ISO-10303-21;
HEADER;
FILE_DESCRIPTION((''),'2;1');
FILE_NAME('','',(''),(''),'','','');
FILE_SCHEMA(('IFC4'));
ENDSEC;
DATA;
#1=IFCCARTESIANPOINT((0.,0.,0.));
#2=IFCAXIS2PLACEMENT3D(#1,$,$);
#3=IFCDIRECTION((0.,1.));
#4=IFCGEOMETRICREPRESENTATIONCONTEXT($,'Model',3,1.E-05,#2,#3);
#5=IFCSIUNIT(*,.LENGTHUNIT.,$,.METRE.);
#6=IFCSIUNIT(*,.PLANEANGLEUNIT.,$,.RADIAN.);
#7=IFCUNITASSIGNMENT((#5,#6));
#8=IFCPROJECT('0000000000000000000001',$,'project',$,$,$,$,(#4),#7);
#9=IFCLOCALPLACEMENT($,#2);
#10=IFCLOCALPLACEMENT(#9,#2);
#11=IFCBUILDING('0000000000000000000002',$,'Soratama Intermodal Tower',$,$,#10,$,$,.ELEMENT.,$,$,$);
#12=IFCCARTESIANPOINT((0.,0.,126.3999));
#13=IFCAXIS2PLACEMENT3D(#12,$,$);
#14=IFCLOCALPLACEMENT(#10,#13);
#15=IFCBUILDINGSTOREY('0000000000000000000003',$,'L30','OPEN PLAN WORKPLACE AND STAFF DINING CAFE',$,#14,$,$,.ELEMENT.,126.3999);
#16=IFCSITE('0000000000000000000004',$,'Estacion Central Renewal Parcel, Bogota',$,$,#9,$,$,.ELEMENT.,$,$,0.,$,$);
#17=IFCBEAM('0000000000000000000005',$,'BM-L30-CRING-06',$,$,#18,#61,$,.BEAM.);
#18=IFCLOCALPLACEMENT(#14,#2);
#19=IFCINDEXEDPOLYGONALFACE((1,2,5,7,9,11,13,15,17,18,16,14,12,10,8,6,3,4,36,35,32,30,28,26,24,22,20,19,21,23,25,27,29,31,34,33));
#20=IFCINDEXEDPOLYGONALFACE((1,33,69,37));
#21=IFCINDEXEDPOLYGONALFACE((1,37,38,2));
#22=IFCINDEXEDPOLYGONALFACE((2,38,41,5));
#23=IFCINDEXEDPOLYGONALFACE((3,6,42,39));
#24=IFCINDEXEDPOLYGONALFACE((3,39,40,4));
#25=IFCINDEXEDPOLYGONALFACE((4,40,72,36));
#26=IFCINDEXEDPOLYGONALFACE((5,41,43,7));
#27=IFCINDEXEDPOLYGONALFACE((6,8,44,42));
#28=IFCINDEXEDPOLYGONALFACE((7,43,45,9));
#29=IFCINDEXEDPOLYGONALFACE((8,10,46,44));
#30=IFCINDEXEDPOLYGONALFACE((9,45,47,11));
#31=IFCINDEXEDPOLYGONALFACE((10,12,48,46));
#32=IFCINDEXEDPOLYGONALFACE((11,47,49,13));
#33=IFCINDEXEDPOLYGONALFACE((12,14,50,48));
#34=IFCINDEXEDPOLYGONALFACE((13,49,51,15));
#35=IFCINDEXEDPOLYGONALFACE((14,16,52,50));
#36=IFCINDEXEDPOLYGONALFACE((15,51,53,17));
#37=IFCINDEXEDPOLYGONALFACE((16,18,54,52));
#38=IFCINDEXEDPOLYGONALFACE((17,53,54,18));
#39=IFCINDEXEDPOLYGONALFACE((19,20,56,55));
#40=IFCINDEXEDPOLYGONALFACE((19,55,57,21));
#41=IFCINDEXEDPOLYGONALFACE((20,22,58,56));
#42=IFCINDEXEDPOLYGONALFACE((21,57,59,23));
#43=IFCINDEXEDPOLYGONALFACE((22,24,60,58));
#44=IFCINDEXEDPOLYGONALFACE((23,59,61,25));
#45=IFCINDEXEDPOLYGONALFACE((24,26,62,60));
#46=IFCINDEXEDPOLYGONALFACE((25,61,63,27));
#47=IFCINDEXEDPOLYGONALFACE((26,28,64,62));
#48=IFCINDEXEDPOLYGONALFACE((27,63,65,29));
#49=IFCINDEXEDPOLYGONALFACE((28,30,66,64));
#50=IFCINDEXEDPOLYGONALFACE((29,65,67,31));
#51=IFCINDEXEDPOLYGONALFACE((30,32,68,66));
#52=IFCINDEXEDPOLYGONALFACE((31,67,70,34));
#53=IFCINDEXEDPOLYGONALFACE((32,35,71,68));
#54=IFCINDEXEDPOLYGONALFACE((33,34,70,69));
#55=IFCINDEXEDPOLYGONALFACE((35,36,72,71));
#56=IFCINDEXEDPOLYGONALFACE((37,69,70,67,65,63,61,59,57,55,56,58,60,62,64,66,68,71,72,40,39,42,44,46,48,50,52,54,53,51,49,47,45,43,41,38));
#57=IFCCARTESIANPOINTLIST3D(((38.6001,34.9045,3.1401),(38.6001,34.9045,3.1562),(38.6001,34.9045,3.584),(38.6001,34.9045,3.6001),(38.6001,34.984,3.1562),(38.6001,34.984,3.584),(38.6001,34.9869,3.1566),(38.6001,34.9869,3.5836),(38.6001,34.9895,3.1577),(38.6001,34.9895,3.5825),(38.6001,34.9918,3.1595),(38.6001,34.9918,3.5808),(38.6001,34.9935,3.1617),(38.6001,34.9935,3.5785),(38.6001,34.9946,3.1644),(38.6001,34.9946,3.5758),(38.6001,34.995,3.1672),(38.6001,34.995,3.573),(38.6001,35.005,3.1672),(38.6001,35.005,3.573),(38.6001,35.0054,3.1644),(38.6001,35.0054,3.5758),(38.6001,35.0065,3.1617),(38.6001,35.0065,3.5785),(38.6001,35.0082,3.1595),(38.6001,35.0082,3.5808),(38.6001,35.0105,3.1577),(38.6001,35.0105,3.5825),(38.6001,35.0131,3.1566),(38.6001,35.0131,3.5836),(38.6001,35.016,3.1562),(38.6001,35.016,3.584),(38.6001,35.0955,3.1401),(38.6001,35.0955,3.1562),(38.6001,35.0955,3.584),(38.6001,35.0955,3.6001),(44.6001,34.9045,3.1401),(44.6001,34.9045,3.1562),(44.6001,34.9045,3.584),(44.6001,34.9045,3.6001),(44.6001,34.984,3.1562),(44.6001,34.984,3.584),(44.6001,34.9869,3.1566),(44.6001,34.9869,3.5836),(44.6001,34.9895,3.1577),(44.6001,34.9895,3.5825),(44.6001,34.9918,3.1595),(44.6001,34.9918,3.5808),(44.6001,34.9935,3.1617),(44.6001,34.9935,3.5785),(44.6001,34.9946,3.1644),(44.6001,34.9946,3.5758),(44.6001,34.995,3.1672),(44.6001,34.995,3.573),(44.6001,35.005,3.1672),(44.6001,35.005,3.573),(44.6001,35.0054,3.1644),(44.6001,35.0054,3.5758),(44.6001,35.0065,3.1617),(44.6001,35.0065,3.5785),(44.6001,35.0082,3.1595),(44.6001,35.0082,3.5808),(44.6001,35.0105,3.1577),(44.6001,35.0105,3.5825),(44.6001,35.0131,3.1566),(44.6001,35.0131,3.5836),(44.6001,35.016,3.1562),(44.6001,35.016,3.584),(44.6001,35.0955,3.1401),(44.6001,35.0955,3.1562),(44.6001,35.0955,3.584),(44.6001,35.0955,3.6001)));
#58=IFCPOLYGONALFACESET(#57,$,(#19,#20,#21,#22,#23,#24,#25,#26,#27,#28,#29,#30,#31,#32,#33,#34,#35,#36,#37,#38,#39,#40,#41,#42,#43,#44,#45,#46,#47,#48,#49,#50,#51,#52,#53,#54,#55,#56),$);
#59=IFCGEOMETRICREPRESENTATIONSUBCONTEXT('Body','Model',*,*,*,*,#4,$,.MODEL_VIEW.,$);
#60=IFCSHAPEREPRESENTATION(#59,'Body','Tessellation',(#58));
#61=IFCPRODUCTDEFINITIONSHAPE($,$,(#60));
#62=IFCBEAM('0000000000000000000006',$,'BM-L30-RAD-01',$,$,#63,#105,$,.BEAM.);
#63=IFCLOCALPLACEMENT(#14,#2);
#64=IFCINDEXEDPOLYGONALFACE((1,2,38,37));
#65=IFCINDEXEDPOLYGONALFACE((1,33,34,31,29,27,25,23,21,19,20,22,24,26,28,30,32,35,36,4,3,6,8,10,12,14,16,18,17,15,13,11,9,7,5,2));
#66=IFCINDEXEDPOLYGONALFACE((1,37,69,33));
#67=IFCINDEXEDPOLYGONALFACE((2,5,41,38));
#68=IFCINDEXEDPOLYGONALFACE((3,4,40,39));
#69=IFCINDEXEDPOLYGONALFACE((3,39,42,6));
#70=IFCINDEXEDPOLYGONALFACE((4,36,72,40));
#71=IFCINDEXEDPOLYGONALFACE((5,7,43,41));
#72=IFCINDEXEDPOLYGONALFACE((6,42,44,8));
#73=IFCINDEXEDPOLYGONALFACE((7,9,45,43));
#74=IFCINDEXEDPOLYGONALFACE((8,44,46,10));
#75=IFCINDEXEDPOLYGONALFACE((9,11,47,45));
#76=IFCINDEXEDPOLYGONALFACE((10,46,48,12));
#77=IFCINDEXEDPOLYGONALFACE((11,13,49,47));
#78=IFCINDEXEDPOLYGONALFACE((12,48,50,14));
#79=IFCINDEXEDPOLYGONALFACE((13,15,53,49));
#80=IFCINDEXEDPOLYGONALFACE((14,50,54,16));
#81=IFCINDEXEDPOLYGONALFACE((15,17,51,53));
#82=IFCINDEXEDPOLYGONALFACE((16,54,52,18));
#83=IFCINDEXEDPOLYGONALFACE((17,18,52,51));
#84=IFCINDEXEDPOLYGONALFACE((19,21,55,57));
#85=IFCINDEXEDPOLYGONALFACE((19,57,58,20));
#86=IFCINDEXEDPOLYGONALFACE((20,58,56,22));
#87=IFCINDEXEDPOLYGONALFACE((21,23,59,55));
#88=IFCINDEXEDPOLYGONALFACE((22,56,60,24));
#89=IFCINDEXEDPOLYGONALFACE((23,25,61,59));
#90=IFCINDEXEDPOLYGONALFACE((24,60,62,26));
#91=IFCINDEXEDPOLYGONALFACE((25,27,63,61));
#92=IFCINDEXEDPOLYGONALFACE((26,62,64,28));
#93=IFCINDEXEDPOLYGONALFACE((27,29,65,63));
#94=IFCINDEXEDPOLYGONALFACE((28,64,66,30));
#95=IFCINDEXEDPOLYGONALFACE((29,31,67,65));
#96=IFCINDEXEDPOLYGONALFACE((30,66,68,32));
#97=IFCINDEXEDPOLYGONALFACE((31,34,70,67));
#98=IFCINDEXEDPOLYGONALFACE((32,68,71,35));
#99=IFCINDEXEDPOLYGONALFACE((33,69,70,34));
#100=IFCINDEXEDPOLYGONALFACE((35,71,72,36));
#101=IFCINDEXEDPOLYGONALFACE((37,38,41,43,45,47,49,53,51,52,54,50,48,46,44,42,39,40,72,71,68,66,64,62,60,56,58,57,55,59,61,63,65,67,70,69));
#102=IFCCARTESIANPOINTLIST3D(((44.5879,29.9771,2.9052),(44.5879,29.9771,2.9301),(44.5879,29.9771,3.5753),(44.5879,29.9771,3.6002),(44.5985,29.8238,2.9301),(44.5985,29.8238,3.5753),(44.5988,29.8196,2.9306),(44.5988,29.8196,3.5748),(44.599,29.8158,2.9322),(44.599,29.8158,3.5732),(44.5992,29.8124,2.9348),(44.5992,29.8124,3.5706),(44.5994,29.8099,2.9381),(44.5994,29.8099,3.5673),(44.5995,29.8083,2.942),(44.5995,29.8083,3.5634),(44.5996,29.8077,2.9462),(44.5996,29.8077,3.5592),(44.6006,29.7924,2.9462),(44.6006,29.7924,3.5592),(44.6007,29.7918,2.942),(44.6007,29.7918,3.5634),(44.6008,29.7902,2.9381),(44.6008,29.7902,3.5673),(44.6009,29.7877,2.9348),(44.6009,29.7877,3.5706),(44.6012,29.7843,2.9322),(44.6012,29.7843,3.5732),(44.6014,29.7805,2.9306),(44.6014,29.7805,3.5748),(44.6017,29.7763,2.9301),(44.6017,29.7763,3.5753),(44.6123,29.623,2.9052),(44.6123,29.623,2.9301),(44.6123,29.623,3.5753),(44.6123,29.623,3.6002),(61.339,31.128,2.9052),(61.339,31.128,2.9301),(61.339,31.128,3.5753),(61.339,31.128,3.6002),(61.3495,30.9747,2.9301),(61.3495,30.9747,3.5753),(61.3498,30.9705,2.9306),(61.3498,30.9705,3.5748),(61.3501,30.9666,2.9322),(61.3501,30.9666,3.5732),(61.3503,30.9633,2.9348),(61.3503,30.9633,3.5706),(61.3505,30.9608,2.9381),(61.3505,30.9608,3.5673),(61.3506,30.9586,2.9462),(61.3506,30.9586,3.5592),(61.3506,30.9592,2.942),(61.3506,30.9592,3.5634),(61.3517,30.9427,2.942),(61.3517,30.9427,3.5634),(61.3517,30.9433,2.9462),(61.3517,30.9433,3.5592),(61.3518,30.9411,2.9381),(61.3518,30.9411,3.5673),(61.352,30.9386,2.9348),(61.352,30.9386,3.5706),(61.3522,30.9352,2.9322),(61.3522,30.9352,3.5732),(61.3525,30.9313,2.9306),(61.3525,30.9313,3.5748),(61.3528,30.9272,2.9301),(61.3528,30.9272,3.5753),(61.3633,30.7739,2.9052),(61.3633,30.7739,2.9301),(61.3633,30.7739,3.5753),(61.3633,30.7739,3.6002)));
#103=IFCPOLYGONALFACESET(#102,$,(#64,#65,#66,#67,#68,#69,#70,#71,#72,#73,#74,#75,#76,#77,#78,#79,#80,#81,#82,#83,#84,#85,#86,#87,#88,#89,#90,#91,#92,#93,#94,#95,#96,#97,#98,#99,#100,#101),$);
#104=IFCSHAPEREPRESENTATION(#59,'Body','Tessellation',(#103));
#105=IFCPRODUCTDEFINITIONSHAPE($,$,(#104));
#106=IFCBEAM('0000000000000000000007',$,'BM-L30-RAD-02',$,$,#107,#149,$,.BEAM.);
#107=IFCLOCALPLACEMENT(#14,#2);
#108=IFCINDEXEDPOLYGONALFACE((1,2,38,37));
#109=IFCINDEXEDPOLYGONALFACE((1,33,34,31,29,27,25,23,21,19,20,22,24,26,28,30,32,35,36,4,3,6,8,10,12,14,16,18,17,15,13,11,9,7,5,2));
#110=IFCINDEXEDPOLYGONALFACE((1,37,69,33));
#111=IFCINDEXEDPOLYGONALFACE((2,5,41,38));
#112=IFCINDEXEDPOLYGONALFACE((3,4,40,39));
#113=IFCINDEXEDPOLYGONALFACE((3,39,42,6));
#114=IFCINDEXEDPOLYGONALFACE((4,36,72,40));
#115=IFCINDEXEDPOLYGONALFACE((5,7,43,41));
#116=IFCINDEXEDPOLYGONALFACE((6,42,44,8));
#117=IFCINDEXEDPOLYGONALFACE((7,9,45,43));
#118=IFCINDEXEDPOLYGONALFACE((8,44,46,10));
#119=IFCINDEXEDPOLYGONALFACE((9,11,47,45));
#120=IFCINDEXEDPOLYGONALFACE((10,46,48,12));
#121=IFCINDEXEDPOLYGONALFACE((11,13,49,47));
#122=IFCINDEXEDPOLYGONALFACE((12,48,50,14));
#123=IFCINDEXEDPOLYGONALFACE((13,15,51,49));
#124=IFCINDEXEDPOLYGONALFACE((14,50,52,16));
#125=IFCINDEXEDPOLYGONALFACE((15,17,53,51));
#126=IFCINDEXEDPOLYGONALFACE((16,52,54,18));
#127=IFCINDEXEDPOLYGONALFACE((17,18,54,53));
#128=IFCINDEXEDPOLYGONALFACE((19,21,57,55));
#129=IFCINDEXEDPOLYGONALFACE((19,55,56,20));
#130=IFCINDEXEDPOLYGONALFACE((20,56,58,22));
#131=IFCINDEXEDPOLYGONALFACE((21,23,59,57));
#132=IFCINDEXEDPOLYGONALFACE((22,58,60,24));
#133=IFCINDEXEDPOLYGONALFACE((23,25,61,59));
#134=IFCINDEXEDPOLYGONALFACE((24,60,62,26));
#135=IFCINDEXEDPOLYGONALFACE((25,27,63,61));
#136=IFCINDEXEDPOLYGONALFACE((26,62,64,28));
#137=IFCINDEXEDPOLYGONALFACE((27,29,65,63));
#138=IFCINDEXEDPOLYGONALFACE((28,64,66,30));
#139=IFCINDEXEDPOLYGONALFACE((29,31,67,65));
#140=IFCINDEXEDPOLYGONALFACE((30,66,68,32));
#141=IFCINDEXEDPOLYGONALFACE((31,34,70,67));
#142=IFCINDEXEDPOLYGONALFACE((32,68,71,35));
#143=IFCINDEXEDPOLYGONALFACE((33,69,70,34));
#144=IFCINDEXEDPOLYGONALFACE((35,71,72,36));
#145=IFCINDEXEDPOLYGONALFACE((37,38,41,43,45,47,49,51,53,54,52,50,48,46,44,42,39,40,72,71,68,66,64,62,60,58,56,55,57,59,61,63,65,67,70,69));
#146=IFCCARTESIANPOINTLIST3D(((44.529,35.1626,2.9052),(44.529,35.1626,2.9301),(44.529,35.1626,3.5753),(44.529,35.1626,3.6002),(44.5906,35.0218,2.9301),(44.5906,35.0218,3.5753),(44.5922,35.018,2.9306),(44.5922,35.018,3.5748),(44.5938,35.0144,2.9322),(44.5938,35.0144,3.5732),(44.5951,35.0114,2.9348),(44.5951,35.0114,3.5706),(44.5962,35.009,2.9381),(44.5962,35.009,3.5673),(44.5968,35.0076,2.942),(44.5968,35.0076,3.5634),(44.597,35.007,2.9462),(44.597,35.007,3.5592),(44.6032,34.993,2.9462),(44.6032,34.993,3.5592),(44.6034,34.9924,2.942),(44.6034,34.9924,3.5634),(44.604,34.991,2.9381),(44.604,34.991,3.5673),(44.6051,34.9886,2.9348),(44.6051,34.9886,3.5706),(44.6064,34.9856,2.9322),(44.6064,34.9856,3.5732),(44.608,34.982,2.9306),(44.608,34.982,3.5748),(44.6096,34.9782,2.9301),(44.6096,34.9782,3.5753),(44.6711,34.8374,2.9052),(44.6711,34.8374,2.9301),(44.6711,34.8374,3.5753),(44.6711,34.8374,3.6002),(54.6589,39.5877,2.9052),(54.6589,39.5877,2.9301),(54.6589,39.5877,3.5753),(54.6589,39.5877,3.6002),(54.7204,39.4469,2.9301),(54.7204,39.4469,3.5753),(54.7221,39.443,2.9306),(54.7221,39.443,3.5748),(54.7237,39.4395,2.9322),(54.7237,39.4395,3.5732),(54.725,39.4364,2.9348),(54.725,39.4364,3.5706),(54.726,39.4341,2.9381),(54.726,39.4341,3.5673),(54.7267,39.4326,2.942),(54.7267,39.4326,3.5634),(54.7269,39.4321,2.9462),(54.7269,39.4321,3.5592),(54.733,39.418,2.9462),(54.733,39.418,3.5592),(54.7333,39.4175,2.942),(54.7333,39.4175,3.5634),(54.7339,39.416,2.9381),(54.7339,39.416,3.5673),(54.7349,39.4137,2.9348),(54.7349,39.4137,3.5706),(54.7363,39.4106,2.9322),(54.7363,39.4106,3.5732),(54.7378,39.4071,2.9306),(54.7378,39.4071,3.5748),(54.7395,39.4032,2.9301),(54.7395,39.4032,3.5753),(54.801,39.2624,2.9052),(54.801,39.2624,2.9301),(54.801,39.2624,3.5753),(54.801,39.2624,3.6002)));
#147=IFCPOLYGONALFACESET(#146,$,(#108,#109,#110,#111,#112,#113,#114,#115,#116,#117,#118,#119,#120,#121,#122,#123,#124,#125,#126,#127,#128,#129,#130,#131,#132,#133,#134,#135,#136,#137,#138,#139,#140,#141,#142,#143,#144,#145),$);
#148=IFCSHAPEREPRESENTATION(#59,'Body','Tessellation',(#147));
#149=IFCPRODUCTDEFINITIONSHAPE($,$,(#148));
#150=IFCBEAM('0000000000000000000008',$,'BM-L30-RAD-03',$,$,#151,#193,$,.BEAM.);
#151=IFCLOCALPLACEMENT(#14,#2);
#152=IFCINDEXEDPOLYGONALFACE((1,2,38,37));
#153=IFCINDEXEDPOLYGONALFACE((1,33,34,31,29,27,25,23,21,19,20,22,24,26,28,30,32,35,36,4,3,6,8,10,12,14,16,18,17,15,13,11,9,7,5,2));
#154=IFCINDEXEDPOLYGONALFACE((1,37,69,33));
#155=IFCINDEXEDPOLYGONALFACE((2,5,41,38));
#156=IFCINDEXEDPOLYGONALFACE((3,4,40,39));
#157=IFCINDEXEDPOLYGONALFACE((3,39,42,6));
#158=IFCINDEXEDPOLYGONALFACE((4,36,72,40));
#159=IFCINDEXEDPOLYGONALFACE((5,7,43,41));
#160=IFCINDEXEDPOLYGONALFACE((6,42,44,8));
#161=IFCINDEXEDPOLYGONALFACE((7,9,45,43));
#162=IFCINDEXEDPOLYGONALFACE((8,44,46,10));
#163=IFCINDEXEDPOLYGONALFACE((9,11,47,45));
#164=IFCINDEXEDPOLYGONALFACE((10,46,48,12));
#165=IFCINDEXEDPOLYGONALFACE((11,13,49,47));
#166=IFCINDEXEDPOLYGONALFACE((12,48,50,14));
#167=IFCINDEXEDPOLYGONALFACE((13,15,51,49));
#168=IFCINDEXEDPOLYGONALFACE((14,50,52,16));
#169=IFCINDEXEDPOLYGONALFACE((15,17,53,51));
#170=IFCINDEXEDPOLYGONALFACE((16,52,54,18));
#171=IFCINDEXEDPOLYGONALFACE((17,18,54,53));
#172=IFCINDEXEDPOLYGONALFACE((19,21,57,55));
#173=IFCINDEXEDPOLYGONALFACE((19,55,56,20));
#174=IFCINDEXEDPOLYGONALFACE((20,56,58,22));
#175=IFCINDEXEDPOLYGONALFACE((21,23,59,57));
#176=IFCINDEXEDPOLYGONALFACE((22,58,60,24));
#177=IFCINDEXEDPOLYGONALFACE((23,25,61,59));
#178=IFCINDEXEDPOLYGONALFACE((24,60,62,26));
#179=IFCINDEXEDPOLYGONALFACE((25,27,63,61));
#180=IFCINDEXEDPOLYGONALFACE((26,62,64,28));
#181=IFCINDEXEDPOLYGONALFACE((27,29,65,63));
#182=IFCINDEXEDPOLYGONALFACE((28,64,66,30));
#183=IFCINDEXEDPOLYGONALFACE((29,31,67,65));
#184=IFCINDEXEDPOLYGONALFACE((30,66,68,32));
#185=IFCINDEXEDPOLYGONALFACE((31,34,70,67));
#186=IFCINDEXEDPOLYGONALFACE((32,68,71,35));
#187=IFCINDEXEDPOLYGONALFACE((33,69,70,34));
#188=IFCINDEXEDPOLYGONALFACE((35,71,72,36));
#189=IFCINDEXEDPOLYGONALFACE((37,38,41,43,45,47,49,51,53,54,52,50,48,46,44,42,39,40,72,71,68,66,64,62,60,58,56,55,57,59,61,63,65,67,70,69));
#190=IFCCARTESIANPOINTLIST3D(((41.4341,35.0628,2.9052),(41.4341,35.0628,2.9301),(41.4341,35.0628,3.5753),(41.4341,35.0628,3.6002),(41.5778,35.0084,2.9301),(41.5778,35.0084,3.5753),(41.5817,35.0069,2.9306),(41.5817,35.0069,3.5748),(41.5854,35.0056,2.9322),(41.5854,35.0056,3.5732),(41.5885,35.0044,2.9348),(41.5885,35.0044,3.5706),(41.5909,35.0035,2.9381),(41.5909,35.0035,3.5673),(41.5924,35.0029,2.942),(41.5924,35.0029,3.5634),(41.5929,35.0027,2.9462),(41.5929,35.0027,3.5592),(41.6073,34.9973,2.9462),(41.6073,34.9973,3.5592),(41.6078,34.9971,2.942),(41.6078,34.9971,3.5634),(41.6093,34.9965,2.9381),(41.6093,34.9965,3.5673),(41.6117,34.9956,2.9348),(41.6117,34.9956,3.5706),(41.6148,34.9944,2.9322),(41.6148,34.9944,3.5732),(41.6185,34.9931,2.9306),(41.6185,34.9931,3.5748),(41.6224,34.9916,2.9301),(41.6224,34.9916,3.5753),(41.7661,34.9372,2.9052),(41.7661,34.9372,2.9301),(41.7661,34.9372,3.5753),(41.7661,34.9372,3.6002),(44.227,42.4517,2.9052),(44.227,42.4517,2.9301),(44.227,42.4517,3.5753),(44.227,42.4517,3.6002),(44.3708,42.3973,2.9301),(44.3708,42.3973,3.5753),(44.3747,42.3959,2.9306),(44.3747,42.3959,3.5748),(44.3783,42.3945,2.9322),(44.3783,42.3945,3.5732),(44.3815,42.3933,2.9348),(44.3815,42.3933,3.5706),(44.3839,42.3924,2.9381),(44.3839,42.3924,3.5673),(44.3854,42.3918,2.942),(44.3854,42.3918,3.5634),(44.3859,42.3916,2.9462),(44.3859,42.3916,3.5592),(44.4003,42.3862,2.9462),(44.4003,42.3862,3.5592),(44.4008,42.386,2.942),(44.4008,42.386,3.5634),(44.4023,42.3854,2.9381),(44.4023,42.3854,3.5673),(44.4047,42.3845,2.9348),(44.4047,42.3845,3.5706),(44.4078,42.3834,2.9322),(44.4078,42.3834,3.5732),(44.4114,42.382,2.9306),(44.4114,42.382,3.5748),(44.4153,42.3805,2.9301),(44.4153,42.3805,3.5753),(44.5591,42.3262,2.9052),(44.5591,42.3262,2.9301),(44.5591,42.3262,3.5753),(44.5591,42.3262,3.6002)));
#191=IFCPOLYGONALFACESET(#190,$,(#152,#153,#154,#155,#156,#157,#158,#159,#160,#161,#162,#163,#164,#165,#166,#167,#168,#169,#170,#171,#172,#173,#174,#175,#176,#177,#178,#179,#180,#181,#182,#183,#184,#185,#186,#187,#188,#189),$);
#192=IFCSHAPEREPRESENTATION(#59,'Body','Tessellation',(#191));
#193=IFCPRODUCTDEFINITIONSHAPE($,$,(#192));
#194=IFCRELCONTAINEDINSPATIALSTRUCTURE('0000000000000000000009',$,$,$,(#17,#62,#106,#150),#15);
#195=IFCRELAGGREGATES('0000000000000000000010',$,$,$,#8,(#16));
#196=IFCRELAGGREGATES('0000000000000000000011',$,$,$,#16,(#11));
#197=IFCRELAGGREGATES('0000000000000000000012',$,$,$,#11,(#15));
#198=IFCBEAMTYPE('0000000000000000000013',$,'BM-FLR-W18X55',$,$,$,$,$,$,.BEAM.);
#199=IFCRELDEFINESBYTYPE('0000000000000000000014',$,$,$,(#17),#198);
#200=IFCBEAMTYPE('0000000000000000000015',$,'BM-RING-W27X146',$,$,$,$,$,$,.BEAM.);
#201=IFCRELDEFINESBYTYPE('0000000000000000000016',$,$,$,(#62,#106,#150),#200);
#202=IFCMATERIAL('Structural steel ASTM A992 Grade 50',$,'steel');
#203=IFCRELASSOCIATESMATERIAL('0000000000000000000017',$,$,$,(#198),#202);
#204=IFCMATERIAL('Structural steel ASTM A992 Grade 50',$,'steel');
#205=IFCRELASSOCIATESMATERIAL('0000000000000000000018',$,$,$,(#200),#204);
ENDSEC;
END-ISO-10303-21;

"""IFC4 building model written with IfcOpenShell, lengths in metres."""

from ifc_helpers import new_model, si_unit, direction, frame, origin, origin_2d, place, context, subcontext, project, spatial, i_section, extrude, material, material_profile, profile_set, type_object, element, save


model = new_model("IFC4")

# Units and contexts
model_context = context("Model", 3, precision=1e-05, world=origin(), true_north=direction((0.0, 1.0)))
body_context = subcontext(model_context, "Body", "Model", "MODEL_VIEW")
ifc_project = project(units=[si_unit("LENGTHUNIT", "METRE"), si_unit("PLANEANGLEUNIT", "RADIAN")], contexts=[model_context])

# Site, building, storey
site_placement = place(None, origin())
site = spatial("IfcSite", under=ifc_project, at=site_placement, Name="Estacion Central Renewal Parcel, Bogota", CompositionType="ELEMENT", RefElevation=0.0)
building_placement = place(site_placement, origin())
building = spatial("IfcBuilding", under=site, at=building_placement, Name="Soratama Intermodal Tower", CompositionType="ELEMENT")
storey_placement = place(building_placement, frame((0.0, 0.0, 126.3999)))
storey = spatial("IfcBuildingStorey", under=building, at=storey_placement, Name="L30", Description="OPEN PLAN WORKPLACE AND STAFF DINING CAFE", CompositionType="ELEMENT", Elevation=126.3999)

# Beams
ifc_material_1 = material(Name="Structural steel ASTM A992 Grade 50", Category="steel")
ifc_material_profile_1 = material_profile(ifc_material_1, i_section(OverallWidth=0.1909, OverallDepth=0.46, WebThickness=0.01, FlangeThickness=0.0161, FilletRadius=0.011, at=origin_2d()), Name="W18X55")
ifc_profile_set_1 = profile_set([ifc_material_profile_1], Name="Structural steel ASTM A992 Grade 50")
beam_type_1 = type_object("IfcBeamType", Name="BM-FLR-W18X55", PredefinedType="BEAM", material=ifc_profile_set_1)
beam_1_placement = place(storey_placement, frame((44.6001, 35.0, 3.3701), z_axis=(-1.0, 0.0, 0.0), x_axis=(0.0, -1.0, 0.0)))
element("IfcBeam", 1, at=beam_1_placement, inside=storey, type_object=beam_type_1, Name="BM-L30-CRING-06", PredefinedType="BEAM", context=body_context, shape_type="SweptSolid", body=[
    extrude(i_section(OverallWidth=0.1909, OverallDepth=0.46, WebThickness=0.01, FlangeThickness=0.0161, FilletRadius=0.011, at=origin_2d()), origin(), (0.0, 0.0, 1.0), 6.0),
])
ifc_material_2 = material(Name="Structural steel ASTM A992 Grade 50", Category="steel")
ifc_material_profile_2 = material_profile(ifc_material_2, i_section(OverallWidth=0.355, OverallDepth=0.6951, WebThickness=0.0154, FlangeThickness=0.0249, FilletRadius=0.0161, at=origin_2d()), Name="W27X146")
ifc_profile_set_2 = profile_set([ifc_material_profile_2], Name="Structural steel ASTM A992 Grade 50")
beam_type_2 = type_object("IfcBeamType", Name="BM-RING-W27X146", PredefinedType="BEAM", material=ifc_profile_set_2)
beam_2_placement = place(storey_placement, frame((44.6001, 29.8, 3.2527), z_axis=(0.997648, 0.068544, 0.0), x_axis=(-0.068544, 0.997648, 0.0)))
element("IfcBeam", 2, at=beam_2_placement, inside=storey, type_object=beam_type_2, Name="BM-L30-RAD-01", PredefinedType="BEAM", context=body_context, shape_type="SweptSolid", body=[
    extrude(i_section(OverallWidth=0.355, OverallDepth=0.6951, WebThickness=0.0154, FlangeThickness=0.0249, FilletRadius=0.0161, at=origin_2d()), origin(), (0.0, 0.0, 1.0), 16.7905),
])
beam_3_placement = place(storey_placement, frame((44.6001, 35.0, 3.2527), z_axis=(0.916382, 0.400304, 0.0), x_axis=(-0.400304, 0.916382, 0.0)))
element("IfcBeam", 3, at=beam_3_placement, inside=storey, type_object=beam_type_2, Name="BM-L30-RAD-02", PredefinedType="BEAM", context=body_context, shape_type="SweptSolid", body=[
    extrude(i_section(OverallWidth=0.355, OverallDepth=0.6951, WebThickness=0.0154, FlangeThickness=0.0249, FilletRadius=0.0161, at=origin_2d()), origin(), (0.0, 0.0, 1.0), 11.0542),
])
beam_4_placement = place(storey_placement, frame((41.6001, 35.0, 3.2527), z_axis=(0.353578, 0.935405, 0.0), x_axis=(-0.935405, 0.353578, 0.0)))
element("IfcBeam", 4, at=beam_4_placement, inside=storey, type_object=beam_type_2, Name="BM-L30-RAD-03", PredefinedType="BEAM", context=body_context, shape_type="SweptSolid", body=[
    extrude(i_section(OverallWidth=0.355, OverallDepth=0.6951, WebThickness=0.0154, FlangeThickness=0.0249, FilletRadius=0.0161, at=origin_2d()), origin(), (0.0, 0.0, 1.0), 7.8992),
])

save(model, "model.ifc")
